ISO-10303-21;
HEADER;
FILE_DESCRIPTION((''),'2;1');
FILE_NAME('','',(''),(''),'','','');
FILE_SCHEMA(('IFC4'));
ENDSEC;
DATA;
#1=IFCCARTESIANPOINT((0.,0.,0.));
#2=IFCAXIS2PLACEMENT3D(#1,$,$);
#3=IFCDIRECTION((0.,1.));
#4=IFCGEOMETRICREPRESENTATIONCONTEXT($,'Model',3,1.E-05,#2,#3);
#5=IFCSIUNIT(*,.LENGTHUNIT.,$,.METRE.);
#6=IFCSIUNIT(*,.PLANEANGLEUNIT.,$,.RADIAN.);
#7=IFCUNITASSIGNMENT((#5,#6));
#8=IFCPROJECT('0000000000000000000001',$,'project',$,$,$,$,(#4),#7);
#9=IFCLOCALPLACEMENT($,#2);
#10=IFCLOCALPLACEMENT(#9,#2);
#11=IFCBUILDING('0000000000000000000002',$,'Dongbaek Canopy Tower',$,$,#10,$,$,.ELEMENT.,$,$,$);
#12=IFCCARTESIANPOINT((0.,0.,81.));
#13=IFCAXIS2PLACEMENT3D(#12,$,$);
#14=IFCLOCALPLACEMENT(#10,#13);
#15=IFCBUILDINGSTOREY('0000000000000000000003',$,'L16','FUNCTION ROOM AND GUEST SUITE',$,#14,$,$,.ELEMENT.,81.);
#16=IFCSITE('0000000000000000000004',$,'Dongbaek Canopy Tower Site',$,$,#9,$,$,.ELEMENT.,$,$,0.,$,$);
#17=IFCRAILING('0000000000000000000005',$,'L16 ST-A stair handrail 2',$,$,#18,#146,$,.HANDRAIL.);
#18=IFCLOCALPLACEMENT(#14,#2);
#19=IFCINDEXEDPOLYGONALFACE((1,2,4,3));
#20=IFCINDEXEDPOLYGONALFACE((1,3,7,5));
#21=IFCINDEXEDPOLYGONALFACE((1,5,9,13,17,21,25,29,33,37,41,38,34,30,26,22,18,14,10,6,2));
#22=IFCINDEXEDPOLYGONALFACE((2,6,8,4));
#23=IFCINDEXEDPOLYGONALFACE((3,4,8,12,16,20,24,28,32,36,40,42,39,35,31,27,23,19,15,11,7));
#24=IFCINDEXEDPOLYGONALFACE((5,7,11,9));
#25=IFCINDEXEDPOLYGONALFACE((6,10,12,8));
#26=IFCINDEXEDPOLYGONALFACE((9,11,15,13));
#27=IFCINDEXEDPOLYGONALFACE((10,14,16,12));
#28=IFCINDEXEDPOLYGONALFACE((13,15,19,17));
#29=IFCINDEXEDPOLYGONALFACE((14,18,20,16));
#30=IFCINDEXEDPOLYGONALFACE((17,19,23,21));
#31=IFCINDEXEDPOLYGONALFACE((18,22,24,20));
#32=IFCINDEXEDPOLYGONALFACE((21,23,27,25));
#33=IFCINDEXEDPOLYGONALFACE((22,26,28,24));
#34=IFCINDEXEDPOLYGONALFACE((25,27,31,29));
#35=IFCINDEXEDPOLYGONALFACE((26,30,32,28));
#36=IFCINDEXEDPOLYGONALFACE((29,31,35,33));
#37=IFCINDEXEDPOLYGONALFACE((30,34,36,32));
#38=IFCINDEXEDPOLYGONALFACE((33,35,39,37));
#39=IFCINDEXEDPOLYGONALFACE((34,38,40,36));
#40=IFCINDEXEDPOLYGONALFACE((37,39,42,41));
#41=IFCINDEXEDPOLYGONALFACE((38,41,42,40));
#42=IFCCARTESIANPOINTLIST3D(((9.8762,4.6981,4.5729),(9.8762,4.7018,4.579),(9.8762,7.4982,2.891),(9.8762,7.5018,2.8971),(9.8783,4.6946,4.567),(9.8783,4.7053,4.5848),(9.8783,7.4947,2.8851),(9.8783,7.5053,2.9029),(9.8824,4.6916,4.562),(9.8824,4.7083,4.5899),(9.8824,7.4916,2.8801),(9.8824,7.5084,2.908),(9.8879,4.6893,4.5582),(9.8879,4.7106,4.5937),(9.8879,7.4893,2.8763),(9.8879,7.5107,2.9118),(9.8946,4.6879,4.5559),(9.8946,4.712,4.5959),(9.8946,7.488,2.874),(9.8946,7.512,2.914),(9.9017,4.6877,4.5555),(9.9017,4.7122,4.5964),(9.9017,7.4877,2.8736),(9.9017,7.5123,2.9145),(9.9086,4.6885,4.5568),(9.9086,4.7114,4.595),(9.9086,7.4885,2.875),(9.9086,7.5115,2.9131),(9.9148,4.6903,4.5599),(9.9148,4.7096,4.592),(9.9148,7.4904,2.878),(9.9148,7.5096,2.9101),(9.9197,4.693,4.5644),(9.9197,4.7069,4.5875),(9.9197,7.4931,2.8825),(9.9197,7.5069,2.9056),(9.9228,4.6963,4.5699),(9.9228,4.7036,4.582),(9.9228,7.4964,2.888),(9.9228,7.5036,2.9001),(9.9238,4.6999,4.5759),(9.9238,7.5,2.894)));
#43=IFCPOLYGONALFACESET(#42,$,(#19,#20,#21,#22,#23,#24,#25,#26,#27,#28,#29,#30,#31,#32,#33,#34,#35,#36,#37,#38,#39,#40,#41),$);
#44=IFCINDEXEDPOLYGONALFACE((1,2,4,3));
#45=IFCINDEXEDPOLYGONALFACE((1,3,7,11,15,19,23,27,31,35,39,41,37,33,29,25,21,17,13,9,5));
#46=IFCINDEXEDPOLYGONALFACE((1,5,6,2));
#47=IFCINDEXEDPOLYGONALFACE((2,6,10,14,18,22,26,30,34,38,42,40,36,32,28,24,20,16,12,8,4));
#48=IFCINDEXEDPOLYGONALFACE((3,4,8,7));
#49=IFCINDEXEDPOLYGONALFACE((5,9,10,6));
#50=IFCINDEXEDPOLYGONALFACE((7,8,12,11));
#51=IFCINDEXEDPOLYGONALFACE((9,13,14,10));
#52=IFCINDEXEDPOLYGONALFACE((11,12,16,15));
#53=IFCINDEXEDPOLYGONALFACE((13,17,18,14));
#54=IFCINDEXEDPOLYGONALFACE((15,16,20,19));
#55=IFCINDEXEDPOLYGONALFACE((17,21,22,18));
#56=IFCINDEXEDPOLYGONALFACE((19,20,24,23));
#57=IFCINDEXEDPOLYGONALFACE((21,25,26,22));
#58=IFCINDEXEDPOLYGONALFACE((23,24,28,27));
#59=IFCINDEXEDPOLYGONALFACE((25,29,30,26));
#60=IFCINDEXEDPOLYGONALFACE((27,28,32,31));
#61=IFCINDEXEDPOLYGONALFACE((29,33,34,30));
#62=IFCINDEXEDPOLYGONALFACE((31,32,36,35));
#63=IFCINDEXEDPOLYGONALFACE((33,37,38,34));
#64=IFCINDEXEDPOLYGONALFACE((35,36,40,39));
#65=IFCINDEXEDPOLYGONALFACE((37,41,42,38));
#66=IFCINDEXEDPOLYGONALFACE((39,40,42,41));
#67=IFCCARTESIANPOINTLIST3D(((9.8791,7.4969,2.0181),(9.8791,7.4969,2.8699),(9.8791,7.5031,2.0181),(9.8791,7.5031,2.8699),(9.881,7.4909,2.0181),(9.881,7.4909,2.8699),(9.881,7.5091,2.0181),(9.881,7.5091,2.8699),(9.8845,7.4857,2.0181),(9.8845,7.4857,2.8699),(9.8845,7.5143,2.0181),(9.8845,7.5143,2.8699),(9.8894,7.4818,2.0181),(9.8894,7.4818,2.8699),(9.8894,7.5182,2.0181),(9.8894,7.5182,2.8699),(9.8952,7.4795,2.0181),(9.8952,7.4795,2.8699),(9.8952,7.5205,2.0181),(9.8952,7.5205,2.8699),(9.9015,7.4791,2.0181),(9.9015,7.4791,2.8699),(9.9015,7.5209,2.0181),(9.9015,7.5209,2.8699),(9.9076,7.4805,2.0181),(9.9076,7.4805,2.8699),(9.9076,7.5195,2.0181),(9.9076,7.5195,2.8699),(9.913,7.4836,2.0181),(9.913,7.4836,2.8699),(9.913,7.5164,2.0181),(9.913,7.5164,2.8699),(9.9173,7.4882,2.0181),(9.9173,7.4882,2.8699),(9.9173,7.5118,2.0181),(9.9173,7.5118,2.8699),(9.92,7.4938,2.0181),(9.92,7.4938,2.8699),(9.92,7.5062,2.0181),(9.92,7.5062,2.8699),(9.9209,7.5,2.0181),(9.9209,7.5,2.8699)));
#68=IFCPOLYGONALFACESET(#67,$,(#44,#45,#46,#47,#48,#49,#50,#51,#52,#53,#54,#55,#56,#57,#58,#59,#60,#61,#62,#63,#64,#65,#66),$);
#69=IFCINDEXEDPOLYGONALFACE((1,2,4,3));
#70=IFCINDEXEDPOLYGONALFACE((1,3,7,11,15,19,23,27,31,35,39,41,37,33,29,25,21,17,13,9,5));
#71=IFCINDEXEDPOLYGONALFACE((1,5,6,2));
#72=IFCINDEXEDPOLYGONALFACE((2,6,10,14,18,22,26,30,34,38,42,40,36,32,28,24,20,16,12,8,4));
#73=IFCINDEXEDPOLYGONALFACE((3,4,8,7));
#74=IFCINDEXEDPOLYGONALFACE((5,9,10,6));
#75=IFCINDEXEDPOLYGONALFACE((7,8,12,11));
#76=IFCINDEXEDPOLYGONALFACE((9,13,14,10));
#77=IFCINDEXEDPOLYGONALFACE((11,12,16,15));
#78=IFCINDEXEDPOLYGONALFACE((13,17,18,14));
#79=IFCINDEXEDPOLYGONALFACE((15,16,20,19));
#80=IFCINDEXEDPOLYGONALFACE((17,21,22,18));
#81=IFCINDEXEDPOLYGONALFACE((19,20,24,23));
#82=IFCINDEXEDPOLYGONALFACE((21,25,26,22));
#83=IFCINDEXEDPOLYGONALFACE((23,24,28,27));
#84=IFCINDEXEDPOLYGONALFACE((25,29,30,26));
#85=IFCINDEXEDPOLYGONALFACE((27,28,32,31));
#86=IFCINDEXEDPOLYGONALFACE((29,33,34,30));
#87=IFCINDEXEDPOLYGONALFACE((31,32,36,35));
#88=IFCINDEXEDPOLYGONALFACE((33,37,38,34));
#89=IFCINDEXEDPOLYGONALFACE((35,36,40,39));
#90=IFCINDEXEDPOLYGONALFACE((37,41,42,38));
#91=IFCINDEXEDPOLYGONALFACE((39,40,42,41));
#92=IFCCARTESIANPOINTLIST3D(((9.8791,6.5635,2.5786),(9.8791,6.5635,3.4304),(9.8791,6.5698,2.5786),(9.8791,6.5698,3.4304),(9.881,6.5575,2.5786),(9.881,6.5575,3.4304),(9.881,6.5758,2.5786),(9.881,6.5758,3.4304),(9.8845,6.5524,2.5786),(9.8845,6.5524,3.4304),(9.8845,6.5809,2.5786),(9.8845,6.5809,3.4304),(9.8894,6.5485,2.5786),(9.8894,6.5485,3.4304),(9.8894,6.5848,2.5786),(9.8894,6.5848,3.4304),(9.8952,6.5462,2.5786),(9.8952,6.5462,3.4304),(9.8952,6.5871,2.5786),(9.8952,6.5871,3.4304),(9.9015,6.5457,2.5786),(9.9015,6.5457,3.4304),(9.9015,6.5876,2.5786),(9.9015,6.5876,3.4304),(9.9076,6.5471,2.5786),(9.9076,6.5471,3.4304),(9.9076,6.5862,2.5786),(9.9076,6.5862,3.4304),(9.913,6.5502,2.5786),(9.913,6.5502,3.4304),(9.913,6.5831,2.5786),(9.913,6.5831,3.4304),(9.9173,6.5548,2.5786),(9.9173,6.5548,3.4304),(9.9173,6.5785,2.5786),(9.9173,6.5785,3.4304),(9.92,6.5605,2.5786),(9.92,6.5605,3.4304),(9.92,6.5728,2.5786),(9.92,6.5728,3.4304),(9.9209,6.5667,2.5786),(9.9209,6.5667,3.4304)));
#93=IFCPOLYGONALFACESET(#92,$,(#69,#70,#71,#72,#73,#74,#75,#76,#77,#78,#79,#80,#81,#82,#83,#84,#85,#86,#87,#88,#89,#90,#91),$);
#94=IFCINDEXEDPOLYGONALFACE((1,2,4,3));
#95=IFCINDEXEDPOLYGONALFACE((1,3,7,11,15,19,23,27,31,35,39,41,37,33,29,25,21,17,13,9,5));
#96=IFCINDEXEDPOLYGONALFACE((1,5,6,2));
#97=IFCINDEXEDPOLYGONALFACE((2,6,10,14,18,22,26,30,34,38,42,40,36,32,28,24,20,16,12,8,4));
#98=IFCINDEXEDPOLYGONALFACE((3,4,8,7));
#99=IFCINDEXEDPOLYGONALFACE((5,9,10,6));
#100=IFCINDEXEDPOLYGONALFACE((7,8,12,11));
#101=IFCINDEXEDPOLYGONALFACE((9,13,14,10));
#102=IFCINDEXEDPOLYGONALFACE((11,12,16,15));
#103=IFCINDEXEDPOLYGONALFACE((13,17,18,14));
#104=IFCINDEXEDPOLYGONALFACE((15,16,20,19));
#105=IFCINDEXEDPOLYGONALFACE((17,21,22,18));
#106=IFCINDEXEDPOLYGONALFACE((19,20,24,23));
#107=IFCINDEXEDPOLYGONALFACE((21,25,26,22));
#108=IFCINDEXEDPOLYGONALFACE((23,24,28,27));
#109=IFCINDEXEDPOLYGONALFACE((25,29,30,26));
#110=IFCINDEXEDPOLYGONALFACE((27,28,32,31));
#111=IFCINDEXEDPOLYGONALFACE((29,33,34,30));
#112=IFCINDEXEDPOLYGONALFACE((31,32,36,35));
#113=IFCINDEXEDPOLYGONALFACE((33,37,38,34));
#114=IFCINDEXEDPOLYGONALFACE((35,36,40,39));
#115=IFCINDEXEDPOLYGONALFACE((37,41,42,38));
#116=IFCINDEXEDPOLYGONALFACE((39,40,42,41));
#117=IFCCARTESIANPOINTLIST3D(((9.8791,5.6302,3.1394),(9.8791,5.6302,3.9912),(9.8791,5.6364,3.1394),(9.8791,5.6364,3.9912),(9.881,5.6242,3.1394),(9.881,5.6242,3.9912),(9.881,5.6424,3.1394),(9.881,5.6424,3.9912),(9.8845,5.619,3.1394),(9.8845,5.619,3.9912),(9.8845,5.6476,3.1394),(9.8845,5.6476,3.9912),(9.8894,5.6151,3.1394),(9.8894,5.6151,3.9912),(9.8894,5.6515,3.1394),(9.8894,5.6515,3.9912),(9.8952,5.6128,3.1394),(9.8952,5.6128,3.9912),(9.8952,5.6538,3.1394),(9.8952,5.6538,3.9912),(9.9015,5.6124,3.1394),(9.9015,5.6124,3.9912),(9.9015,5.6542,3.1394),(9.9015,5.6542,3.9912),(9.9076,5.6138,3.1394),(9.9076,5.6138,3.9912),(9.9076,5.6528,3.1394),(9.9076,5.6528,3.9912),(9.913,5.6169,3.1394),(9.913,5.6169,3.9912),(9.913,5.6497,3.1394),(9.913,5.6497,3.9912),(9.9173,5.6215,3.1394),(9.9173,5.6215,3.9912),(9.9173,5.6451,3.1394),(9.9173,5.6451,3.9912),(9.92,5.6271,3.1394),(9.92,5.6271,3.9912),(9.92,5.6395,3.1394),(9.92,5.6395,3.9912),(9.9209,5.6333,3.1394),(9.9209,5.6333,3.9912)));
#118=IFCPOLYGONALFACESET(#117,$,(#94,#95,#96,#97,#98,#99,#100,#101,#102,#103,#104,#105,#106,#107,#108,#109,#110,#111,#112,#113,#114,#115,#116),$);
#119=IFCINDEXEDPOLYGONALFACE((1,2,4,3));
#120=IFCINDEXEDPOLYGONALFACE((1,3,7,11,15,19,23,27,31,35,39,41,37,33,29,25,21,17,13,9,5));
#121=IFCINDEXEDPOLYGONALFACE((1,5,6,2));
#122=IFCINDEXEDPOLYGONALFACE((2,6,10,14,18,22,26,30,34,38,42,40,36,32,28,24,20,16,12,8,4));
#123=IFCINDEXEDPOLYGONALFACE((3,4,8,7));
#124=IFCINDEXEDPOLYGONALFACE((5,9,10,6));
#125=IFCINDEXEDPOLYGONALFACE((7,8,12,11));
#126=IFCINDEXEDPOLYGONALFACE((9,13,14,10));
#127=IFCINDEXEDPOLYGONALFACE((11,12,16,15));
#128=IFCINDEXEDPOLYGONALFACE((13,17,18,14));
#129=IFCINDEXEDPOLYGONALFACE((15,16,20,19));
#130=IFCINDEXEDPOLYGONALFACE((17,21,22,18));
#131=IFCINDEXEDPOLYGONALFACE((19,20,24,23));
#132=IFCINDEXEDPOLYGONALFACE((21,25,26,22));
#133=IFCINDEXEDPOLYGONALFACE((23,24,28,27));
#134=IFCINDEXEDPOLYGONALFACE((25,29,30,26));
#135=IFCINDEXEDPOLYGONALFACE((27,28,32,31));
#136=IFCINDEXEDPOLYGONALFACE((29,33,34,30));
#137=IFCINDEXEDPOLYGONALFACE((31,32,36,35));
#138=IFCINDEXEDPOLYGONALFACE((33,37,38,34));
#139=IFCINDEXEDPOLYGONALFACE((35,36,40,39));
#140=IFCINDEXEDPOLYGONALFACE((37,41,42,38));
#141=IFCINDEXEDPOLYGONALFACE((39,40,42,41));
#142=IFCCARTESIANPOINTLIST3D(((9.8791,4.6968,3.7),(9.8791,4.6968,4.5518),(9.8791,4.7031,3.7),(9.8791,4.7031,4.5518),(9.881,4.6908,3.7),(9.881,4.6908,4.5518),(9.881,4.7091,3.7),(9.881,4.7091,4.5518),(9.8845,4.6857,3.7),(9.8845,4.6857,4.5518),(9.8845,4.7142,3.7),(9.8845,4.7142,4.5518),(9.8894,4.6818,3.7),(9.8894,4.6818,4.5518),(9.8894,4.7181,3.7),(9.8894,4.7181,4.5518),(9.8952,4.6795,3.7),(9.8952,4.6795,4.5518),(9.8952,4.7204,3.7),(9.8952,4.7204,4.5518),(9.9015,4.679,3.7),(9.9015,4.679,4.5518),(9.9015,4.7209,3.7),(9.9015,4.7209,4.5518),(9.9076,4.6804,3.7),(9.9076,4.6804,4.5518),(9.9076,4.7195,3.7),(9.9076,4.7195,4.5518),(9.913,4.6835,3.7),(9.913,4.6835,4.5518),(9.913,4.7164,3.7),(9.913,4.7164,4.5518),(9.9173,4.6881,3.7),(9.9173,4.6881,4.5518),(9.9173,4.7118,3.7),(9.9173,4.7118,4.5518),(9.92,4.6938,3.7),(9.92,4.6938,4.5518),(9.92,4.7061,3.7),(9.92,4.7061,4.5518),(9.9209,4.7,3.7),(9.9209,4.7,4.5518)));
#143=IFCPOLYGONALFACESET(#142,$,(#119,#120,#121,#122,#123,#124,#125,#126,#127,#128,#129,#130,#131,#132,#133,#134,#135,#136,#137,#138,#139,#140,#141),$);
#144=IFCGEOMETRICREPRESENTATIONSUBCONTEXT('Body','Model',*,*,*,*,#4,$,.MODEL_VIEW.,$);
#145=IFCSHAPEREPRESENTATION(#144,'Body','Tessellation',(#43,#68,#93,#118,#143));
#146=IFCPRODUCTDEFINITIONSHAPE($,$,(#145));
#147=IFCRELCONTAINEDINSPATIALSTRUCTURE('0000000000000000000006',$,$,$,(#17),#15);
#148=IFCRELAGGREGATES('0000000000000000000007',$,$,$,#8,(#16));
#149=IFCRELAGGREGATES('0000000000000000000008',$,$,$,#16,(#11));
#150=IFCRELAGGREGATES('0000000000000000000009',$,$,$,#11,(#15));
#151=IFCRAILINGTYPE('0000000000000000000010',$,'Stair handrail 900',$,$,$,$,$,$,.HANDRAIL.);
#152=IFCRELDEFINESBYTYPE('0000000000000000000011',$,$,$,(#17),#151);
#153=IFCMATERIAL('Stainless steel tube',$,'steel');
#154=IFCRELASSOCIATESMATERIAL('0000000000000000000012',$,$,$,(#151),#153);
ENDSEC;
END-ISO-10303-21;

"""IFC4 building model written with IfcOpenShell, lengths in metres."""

from ifc_helpers import new_model, si_unit, direction, frame, origin, origin_2d, place, context, subcontext, project, spatial, circle, extrude, material, type_object, element, save


model = new_model("IFC4")

# Units and contexts
model_context = context("Model", 3, precision=1e-05, world=origin(), true_north=direction((0.0, 1.0)))
body_context = subcontext(model_context, "Body", "Model", "MODEL_VIEW")
ifc_project = project(units=[si_unit("LENGTHUNIT", "METRE"), si_unit("PLANEANGLEUNIT", "RADIAN")], contexts=[model_context])

# Site, building, storey
site_placement = place(None, origin())
site = spatial("IfcSite", under=ifc_project, at=site_placement, Name="Dongbaek Canopy Tower Site", CompositionType="ELEMENT", RefElevation=0.0)
building_placement = place(site_placement, origin())
building = spatial("IfcBuilding", under=site, at=building_placement, Name="Dongbaek Canopy Tower", CompositionType="ELEMENT")
storey_placement = place(building_placement, frame((0.0, 0.0, 81.0)))
storey = spatial("IfcBuildingStorey", under=building, at=storey_placement, Name="L16", Description="FUNCTION ROOM AND GUEST SUITE", CompositionType="ELEMENT", Elevation=81.0)

# Railing
ifc_material_1 = material(Name="Stainless steel tube", Category="steel")
railing_type_1 = type_object("IfcRailingType", Name="Stair handrail 900", PredefinedType="HANDRAIL", material=ifc_material_1)
railing_1_placement = place(storey_placement, frame((9.8999, 7.5, 2.0181)))
element("IfcRailing", 1, at=railing_1_placement, inside=storey, type_object=railing_type_1, Name="L16 ST-A stair handrail 2", PredefinedType="HANDRAIL", context=body_context, shape_type="SweptSolid", body=[
    extrude(circle(Radius=0.0239, at=origin_2d()), frame((0.0, 0.0, 0.876), z_axis=(0.0, -0.857242, 0.514913), x_axis=(1.0, 0.0, 0.0)), (0.0, 0.0, 1.0), 3.2664),
    extrude(circle(Radius=0.021, at=origin_2d()), origin(), (0.0, 0.0, 1.0), 0.8518),
    extrude(circle(Radius=0.021, at=origin_2d()), frame((0.0, -0.9333, 0.5605)), (0.0, 0.0, 1.0), 0.8518),
    extrude(circle(Radius=0.021, at=origin_2d()), frame((0.0, -1.8667, 1.1213)), (0.0, 0.0, 1.0), 0.8518),
    extrude(circle(Radius=0.021, at=origin_2d()), frame((0.0, -2.8, 1.6819)), (0.0, 0.0, 1.0), 0.8518),
])

save(model, "model.ifc")
